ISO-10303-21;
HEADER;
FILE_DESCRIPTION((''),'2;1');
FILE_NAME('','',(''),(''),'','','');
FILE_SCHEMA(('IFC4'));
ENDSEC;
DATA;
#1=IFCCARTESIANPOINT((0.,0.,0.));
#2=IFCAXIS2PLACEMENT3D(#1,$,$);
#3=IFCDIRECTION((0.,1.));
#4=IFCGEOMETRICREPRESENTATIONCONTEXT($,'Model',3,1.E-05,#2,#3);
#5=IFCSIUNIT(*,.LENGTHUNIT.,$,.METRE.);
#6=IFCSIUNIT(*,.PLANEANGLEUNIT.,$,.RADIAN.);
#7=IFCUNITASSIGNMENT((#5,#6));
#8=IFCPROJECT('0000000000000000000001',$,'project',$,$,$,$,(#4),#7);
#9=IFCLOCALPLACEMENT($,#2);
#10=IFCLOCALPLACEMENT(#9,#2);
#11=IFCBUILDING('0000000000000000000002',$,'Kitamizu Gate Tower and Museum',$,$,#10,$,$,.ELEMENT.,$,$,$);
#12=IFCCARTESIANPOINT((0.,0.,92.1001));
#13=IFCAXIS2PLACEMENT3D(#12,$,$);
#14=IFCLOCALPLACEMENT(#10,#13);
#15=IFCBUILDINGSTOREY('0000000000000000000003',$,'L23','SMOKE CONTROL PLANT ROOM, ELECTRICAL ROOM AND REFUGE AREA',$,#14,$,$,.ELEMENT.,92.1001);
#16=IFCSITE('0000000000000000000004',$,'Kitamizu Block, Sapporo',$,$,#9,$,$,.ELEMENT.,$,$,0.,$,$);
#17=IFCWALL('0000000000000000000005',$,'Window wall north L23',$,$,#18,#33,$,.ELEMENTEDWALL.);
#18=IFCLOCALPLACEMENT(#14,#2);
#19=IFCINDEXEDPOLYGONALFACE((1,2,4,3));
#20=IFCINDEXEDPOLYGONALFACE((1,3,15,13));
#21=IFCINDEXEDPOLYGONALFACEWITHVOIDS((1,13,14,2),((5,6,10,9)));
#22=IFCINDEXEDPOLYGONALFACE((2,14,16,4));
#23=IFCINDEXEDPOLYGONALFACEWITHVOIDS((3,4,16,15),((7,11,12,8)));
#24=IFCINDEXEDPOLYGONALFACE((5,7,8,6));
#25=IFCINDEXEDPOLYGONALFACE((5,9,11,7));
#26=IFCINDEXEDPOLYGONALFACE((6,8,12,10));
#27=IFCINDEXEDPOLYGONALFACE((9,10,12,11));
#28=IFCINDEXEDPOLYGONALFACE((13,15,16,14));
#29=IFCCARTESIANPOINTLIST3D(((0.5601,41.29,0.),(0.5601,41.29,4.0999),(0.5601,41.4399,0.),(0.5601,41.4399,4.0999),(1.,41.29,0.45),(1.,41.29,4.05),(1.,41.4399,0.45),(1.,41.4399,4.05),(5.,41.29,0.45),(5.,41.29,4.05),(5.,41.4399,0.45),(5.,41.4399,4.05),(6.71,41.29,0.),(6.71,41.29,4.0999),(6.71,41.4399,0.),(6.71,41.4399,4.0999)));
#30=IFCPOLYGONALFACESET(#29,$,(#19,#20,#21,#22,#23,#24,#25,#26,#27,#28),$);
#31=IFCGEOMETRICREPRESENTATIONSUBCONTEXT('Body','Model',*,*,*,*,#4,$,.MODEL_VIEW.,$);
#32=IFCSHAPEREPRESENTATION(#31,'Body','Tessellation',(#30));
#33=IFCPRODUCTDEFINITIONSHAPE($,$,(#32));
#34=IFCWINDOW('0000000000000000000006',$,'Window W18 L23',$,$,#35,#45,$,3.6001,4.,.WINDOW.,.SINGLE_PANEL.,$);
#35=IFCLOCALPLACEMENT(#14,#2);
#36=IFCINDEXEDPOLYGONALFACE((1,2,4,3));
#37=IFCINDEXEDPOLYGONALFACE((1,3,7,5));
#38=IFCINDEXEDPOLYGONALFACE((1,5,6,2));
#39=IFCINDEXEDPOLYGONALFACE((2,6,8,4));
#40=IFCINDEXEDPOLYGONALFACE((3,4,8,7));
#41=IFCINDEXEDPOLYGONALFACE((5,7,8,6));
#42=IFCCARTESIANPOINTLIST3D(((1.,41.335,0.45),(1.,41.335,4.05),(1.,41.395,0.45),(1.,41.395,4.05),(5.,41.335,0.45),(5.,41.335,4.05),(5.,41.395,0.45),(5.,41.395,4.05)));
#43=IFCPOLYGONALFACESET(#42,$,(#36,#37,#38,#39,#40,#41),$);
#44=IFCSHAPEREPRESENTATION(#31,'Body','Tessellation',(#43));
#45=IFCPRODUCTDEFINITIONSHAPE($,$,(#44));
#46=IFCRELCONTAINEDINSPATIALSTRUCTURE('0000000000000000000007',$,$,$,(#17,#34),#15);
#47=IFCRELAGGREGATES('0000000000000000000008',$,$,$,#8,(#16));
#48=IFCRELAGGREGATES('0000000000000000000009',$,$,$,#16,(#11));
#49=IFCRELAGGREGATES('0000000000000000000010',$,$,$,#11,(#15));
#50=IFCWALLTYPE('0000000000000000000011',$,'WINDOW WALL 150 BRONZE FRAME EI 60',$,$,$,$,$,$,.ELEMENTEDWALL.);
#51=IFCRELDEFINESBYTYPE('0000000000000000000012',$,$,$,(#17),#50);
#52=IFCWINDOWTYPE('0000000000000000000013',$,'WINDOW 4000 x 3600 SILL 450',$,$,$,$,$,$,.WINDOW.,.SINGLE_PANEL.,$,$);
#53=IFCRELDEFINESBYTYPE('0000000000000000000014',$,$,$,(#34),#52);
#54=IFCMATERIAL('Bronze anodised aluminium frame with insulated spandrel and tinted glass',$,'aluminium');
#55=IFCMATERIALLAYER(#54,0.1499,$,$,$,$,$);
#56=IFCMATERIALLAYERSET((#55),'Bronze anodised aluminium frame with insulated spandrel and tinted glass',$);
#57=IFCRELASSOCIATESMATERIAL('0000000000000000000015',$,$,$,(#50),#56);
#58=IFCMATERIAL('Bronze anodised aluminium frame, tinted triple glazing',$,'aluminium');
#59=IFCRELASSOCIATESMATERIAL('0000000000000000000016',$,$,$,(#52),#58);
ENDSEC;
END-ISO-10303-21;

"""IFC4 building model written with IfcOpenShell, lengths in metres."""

from ifc_helpers import new_model, si_unit, direction, frame, frame_2d, origin, place, context, subcontext, project, spatial, rectangle, extrude, material, layer, layer_set, type_object, element, fill, save


model = new_model("IFC4")

# Units and contexts
model_context = context("Model", 3, precision=1e-05, world=origin(), true_north=direction((0.0, 1.0)))
body_context = subcontext(model_context, "Body", "Model", "MODEL_VIEW")
ifc_project = project(units=[si_unit("LENGTHUNIT", "METRE"), si_unit("PLANEANGLEUNIT", "RADIAN")], contexts=[model_context])

# Site, building, storey
site_placement = place(None, origin())
site = spatial("IfcSite", under=ifc_project, at=site_placement, Name="Kitamizu Block, Sapporo", CompositionType="ELEMENT", RefElevation=0.0)
building_placement = place(site_placement, origin())
building = spatial("IfcBuilding", under=site, at=building_placement, Name="Kitamizu Gate Tower and Museum", CompositionType="ELEMENT")
storey_placement = place(building_placement, frame((0.0, 0.0, 92.1001)))
storey = spatial("IfcBuildingStorey", under=building, at=storey_placement, Name="L23", Description="SMOKE CONTROL PLANT ROOM, ELECTRICAL ROOM AND REFUGE AREA", CompositionType="ELEMENT", Elevation=92.1001)

# Shared definitions
ifc_material_1 = material(Name="Bronze anodised aluminium frame with insulated spandrel and tinted glass", Category="aluminium")
ifc_layer_1 = layer(ifc_material_1, 0.1499)
ifc_layer_set_1 = layer_set([ifc_layer_1], Name="Bronze anodised aluminium frame with insulated spandrel and tinted glass")
wall_type_1 = type_object("IfcWallType", Name="WINDOW WALL 150 BRONZE FRAME EI 60", PredefinedType="ELEMENTEDWALL", material=ifc_layer_set_1)

# Wall, opening, window
ifc_material_2 = material(Name="Bronze anodised aluminium frame, tinted triple glazing", Category="aluminium")
window_type_1 = type_object("IfcWindowType", Name="WINDOW 4000 x 3600 SILL 450", PartitioningType="SINGLE_PANEL", PredefinedType="WINDOW", material=ifc_material_2)
wall_1_placement = place(storey_placement, frame((0.5601, 41.365, 0.0), z_axis=(0.0, 0.0, 1.0), x_axis=(1.0, 0.0, 0.0)))
wall_1 = element("IfcWall", 1, at=wall_1_placement, inside=storey, type_object=wall_type_1, Name="Window wall north L23", PredefinedType="ELEMENTEDWALL", context=body_context, shape_type="SweptSolid", body=[
    extrude(rectangle(XDim=6.1499, YDim=0.1499, at=frame_2d((3.075, 0.0))), origin(), (0.0, 0.0, 1.0), 4.0999),
])
opening_1_placement = place(wall_1_placement, frame((0.4399, 0.0, 0.45)))
opening_1 = element("IfcOpeningElement", 2, at=opening_1_placement, cuts=wall_1, PredefinedType="OPENING", context=body_context, shape_type="SweptSolid", body=[
    extrude(rectangle(XDim=4.0, YDim=3.6001, at=frame_2d((2.0, 1.8))), frame((0.0, 0.085, 0.0), z_axis=(0.0, -1.0, 0.0), x_axis=(1.0, 0.0, 0.0)), (0.0, 0.0, 1.0), 0.1699),
])
window_1_placement = place(opening_1_placement, origin())
window_1 = element("IfcWindow", 3, at=window_1_placement, inside=storey, type_object=window_type_1, Name="Window W18 L23", OverallHeight=3.6001, OverallWidth=4.0, PartitioningType="SINGLE_PANEL", PredefinedType="WINDOW", context=body_context, shape_type="SweptSolid", body=[
    extrude(rectangle(XDim=4.0, YDim=3.6001, at=frame_2d((2.0, 1.8))), frame((0.0, 0.03, 0.0), z_axis=(0.0, -1.0, 0.0), x_axis=(1.0, 0.0, 0.0)), (0.0, 0.0, 1.0), 0.0601),
])
fill(opening_1, window_1)

save(model, "model.ifc")
